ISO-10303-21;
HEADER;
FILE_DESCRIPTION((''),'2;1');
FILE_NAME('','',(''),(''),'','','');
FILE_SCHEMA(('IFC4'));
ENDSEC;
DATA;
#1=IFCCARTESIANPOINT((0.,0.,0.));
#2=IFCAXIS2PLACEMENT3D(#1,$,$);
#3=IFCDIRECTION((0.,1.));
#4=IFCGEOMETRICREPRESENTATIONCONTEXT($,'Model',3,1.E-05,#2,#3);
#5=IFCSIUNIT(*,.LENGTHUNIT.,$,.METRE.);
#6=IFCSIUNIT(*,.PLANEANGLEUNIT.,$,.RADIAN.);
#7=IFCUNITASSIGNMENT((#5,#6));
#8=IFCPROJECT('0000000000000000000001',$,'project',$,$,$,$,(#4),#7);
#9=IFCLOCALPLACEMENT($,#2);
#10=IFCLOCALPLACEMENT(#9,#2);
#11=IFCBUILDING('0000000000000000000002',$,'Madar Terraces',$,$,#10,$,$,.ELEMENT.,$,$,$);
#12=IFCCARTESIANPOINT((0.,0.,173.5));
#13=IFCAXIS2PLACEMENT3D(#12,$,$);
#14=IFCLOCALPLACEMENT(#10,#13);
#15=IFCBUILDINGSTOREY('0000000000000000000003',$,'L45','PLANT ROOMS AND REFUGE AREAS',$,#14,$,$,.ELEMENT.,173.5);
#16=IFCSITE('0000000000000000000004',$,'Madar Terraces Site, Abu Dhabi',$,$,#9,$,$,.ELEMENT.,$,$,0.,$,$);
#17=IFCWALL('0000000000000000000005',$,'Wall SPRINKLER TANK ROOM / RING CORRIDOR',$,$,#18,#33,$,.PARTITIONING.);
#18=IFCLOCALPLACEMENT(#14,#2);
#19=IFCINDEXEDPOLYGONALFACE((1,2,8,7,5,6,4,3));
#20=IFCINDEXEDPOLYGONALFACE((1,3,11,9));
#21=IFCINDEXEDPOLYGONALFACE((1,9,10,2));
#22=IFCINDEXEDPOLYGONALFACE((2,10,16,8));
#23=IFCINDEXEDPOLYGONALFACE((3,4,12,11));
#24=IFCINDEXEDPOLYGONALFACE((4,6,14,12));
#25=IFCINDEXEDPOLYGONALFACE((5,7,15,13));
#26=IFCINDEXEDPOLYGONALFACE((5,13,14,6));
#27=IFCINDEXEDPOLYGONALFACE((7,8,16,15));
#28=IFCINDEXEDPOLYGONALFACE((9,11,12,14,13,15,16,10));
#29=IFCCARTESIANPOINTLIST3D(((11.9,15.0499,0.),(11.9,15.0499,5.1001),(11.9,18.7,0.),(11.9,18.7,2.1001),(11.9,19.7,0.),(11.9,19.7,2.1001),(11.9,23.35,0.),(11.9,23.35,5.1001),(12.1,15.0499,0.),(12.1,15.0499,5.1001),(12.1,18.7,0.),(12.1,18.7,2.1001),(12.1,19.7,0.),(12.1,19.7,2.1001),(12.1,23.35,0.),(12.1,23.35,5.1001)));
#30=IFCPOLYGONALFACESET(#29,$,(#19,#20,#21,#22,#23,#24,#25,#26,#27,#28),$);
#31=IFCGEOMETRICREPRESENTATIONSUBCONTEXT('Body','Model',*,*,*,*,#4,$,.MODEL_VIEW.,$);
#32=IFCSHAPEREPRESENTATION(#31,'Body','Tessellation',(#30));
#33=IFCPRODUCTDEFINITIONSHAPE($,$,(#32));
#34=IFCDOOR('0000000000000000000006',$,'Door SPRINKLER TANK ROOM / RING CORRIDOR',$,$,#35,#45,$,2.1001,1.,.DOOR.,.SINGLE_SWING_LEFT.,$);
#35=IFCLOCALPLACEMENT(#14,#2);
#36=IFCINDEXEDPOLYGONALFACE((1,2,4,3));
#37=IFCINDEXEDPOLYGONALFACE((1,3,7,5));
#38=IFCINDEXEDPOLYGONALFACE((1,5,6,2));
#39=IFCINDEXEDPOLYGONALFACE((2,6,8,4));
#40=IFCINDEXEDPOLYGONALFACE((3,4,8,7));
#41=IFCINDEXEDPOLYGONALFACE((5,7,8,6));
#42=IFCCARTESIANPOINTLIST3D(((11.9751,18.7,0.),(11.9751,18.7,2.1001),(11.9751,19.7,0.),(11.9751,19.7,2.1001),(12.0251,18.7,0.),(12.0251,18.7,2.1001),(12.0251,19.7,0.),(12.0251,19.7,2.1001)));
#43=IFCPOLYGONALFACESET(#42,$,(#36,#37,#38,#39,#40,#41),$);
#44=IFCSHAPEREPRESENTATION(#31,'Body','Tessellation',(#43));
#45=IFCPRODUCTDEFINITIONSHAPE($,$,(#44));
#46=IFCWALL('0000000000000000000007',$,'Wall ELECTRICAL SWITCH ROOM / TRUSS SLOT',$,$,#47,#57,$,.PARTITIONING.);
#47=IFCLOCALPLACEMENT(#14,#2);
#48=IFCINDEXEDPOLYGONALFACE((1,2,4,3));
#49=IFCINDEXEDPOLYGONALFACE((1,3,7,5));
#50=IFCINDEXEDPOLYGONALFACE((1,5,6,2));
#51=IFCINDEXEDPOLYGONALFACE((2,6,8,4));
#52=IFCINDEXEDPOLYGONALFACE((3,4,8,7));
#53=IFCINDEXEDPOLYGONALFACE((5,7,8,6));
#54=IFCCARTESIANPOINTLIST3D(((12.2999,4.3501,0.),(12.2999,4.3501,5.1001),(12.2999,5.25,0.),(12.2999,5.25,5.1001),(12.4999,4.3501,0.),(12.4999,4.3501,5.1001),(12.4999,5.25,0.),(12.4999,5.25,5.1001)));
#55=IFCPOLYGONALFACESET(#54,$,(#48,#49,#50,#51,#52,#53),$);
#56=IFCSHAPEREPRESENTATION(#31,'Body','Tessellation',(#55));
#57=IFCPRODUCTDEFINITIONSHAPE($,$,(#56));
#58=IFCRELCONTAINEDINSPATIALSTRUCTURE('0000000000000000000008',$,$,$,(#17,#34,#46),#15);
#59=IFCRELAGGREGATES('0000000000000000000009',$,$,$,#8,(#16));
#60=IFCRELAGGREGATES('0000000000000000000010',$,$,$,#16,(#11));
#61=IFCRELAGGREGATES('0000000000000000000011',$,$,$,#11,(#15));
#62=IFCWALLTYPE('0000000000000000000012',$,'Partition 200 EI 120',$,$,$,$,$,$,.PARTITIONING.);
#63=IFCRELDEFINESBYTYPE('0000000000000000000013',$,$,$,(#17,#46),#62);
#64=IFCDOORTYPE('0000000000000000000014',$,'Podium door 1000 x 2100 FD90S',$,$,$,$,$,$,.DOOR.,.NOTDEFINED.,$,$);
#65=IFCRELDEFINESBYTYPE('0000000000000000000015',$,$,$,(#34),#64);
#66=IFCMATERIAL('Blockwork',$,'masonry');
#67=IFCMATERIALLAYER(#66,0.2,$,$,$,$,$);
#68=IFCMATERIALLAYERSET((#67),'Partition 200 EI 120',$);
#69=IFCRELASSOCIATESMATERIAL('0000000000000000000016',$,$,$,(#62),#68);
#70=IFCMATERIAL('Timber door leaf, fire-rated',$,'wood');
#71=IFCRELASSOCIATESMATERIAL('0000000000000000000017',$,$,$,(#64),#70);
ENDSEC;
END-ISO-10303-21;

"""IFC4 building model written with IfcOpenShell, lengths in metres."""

from ifc_helpers import new_model, si_unit, direction, frame, frame_2d, origin, place, context, subcontext, project, spatial, rectangle, extrude, material, layer, layer_set, type_object, element, fill, save


model = new_model("IFC4")

# Units and contexts
model_context = context("Model", 3, precision=1e-05, world=origin(), true_north=direction((0.0, 1.0)))
body_context = subcontext(model_context, "Body", "Model", "MODEL_VIEW")
ifc_project = project(units=[si_unit("LENGTHUNIT", "METRE"), si_unit("PLANEANGLEUNIT", "RADIAN")], contexts=[model_context])

# Site, building, storey
site_placement = place(None, origin())
site = spatial("IfcSite", under=ifc_project, at=site_placement, Name="Madar Terraces Site, Abu Dhabi", CompositionType="ELEMENT", RefElevation=0.0)
building_placement = place(site_placement, origin())
building = spatial("IfcBuilding", under=site, at=building_placement, Name="Madar Terraces", CompositionType="ELEMENT")
storey_placement = place(building_placement, frame((0.0, 0.0, 173.5)))
storey = spatial("IfcBuildingStorey", under=building, at=storey_placement, Name="L45", Description="PLANT ROOMS AND REFUGE AREAS", CompositionType="ELEMENT", Elevation=173.5)

# Shared definitions
ifc_material_1 = material(Name="Blockwork", Category="masonry")
ifc_layer_1 = layer(ifc_material_1, 0.2)
ifc_layer_set_1 = layer_set([ifc_layer_1], Name="Partition 200 EI 120")
wall_type_1 = type_object("IfcWallType", Name="Partition 200 EI 120", PredefinedType="PARTITIONING", material=ifc_layer_set_1)

# Wall, opening, door
wall_1_placement = place(storey_placement, frame((12.0, 15.05, 0.0), z_axis=(0.0, 0.0, 1.0), x_axis=(0.0, 1.0, 0.0)))
wall_1 = element("IfcWall", 1, at=wall_1_placement, inside=storey, type_object=wall_type_1, Name="Wall SPRINKLER TANK ROOM / RING CORRIDOR", PredefinedType="PARTITIONING", context=body_context, shape_type="SweptSolid", body=[
    extrude(rectangle(XDim=8.3, YDim=0.2, at=frame_2d((4.1499, 0.0))), origin(), (0.0, 0.0, 1.0), 5.1001),
])
opening_1_placement = place(wall_1_placement, frame((3.6499, 0.0, 0.0)))
opening_1 = element("IfcOpeningElement", 2, at=opening_1_placement, cuts=wall_1, PredefinedType="OPENING", context=body_context, shape_type="SweptSolid", body=[
    extrude(rectangle(XDim=1.0, YDim=2.1001, at=frame_2d((0.5, 1.05))), frame((0.0, 0.1099, 0.0), z_axis=(0.0, -1.0, 0.0), x_axis=(1.0, 0.0, 0.0)), (0.0, 0.0, 1.0), 0.22),
])
ifc_material_2 = material(Name="Timber door leaf, fire-rated", Category="wood")
door_type_1 = type_object("IfcDoorType", Name="Podium door 1000 x 2100 FD90S", OperationType="NOTDEFINED", PredefinedType="DOOR", material=ifc_material_2)
door_1_placement = place(opening_1_placement, origin())
door_1 = element("IfcDoor", 3, at=door_1_placement, inside=storey, type_object=door_type_1, Name="Door SPRINKLER TANK ROOM / RING CORRIDOR", OperationType="SINGLE_SWING_LEFT", OverallHeight=2.1001, OverallWidth=1.0, PredefinedType="DOOR", context=body_context, shape_type="SweptSolid", body=[
    extrude(rectangle(XDim=1.0, YDim=2.1001, at=frame_2d((0.5, 1.05))), frame((0.0, 0.0249, 0.0), z_axis=(0.0, -1.0, 0.0), x_axis=(1.0, 0.0, 0.0)), (0.0, 0.0, 1.0), 0.05),
])
fill(opening_1, door_1)

# Wall
wall_2_placement = place(storey_placement, frame((12.3999, 4.3501, 0.0), z_axis=(0.0, 0.0, 1.0), x_axis=(0.0, 1.0, 0.0)))
element("IfcWall", 4, at=wall_2_placement, inside=storey, type_object=wall_type_1, Name="Wall ELECTRICAL SWITCH ROOM / TRUSS SLOT", PredefinedType="PARTITIONING", context=body_context, shape_type="SweptSolid", body=[
    extrude(rectangle(XDim=0.8999, YDim=0.2, at=frame_2d((0.45, 0.0))), origin(), (0.0, 0.0, 1.0), 5.1001),
])

save(model, "model.ifc")
